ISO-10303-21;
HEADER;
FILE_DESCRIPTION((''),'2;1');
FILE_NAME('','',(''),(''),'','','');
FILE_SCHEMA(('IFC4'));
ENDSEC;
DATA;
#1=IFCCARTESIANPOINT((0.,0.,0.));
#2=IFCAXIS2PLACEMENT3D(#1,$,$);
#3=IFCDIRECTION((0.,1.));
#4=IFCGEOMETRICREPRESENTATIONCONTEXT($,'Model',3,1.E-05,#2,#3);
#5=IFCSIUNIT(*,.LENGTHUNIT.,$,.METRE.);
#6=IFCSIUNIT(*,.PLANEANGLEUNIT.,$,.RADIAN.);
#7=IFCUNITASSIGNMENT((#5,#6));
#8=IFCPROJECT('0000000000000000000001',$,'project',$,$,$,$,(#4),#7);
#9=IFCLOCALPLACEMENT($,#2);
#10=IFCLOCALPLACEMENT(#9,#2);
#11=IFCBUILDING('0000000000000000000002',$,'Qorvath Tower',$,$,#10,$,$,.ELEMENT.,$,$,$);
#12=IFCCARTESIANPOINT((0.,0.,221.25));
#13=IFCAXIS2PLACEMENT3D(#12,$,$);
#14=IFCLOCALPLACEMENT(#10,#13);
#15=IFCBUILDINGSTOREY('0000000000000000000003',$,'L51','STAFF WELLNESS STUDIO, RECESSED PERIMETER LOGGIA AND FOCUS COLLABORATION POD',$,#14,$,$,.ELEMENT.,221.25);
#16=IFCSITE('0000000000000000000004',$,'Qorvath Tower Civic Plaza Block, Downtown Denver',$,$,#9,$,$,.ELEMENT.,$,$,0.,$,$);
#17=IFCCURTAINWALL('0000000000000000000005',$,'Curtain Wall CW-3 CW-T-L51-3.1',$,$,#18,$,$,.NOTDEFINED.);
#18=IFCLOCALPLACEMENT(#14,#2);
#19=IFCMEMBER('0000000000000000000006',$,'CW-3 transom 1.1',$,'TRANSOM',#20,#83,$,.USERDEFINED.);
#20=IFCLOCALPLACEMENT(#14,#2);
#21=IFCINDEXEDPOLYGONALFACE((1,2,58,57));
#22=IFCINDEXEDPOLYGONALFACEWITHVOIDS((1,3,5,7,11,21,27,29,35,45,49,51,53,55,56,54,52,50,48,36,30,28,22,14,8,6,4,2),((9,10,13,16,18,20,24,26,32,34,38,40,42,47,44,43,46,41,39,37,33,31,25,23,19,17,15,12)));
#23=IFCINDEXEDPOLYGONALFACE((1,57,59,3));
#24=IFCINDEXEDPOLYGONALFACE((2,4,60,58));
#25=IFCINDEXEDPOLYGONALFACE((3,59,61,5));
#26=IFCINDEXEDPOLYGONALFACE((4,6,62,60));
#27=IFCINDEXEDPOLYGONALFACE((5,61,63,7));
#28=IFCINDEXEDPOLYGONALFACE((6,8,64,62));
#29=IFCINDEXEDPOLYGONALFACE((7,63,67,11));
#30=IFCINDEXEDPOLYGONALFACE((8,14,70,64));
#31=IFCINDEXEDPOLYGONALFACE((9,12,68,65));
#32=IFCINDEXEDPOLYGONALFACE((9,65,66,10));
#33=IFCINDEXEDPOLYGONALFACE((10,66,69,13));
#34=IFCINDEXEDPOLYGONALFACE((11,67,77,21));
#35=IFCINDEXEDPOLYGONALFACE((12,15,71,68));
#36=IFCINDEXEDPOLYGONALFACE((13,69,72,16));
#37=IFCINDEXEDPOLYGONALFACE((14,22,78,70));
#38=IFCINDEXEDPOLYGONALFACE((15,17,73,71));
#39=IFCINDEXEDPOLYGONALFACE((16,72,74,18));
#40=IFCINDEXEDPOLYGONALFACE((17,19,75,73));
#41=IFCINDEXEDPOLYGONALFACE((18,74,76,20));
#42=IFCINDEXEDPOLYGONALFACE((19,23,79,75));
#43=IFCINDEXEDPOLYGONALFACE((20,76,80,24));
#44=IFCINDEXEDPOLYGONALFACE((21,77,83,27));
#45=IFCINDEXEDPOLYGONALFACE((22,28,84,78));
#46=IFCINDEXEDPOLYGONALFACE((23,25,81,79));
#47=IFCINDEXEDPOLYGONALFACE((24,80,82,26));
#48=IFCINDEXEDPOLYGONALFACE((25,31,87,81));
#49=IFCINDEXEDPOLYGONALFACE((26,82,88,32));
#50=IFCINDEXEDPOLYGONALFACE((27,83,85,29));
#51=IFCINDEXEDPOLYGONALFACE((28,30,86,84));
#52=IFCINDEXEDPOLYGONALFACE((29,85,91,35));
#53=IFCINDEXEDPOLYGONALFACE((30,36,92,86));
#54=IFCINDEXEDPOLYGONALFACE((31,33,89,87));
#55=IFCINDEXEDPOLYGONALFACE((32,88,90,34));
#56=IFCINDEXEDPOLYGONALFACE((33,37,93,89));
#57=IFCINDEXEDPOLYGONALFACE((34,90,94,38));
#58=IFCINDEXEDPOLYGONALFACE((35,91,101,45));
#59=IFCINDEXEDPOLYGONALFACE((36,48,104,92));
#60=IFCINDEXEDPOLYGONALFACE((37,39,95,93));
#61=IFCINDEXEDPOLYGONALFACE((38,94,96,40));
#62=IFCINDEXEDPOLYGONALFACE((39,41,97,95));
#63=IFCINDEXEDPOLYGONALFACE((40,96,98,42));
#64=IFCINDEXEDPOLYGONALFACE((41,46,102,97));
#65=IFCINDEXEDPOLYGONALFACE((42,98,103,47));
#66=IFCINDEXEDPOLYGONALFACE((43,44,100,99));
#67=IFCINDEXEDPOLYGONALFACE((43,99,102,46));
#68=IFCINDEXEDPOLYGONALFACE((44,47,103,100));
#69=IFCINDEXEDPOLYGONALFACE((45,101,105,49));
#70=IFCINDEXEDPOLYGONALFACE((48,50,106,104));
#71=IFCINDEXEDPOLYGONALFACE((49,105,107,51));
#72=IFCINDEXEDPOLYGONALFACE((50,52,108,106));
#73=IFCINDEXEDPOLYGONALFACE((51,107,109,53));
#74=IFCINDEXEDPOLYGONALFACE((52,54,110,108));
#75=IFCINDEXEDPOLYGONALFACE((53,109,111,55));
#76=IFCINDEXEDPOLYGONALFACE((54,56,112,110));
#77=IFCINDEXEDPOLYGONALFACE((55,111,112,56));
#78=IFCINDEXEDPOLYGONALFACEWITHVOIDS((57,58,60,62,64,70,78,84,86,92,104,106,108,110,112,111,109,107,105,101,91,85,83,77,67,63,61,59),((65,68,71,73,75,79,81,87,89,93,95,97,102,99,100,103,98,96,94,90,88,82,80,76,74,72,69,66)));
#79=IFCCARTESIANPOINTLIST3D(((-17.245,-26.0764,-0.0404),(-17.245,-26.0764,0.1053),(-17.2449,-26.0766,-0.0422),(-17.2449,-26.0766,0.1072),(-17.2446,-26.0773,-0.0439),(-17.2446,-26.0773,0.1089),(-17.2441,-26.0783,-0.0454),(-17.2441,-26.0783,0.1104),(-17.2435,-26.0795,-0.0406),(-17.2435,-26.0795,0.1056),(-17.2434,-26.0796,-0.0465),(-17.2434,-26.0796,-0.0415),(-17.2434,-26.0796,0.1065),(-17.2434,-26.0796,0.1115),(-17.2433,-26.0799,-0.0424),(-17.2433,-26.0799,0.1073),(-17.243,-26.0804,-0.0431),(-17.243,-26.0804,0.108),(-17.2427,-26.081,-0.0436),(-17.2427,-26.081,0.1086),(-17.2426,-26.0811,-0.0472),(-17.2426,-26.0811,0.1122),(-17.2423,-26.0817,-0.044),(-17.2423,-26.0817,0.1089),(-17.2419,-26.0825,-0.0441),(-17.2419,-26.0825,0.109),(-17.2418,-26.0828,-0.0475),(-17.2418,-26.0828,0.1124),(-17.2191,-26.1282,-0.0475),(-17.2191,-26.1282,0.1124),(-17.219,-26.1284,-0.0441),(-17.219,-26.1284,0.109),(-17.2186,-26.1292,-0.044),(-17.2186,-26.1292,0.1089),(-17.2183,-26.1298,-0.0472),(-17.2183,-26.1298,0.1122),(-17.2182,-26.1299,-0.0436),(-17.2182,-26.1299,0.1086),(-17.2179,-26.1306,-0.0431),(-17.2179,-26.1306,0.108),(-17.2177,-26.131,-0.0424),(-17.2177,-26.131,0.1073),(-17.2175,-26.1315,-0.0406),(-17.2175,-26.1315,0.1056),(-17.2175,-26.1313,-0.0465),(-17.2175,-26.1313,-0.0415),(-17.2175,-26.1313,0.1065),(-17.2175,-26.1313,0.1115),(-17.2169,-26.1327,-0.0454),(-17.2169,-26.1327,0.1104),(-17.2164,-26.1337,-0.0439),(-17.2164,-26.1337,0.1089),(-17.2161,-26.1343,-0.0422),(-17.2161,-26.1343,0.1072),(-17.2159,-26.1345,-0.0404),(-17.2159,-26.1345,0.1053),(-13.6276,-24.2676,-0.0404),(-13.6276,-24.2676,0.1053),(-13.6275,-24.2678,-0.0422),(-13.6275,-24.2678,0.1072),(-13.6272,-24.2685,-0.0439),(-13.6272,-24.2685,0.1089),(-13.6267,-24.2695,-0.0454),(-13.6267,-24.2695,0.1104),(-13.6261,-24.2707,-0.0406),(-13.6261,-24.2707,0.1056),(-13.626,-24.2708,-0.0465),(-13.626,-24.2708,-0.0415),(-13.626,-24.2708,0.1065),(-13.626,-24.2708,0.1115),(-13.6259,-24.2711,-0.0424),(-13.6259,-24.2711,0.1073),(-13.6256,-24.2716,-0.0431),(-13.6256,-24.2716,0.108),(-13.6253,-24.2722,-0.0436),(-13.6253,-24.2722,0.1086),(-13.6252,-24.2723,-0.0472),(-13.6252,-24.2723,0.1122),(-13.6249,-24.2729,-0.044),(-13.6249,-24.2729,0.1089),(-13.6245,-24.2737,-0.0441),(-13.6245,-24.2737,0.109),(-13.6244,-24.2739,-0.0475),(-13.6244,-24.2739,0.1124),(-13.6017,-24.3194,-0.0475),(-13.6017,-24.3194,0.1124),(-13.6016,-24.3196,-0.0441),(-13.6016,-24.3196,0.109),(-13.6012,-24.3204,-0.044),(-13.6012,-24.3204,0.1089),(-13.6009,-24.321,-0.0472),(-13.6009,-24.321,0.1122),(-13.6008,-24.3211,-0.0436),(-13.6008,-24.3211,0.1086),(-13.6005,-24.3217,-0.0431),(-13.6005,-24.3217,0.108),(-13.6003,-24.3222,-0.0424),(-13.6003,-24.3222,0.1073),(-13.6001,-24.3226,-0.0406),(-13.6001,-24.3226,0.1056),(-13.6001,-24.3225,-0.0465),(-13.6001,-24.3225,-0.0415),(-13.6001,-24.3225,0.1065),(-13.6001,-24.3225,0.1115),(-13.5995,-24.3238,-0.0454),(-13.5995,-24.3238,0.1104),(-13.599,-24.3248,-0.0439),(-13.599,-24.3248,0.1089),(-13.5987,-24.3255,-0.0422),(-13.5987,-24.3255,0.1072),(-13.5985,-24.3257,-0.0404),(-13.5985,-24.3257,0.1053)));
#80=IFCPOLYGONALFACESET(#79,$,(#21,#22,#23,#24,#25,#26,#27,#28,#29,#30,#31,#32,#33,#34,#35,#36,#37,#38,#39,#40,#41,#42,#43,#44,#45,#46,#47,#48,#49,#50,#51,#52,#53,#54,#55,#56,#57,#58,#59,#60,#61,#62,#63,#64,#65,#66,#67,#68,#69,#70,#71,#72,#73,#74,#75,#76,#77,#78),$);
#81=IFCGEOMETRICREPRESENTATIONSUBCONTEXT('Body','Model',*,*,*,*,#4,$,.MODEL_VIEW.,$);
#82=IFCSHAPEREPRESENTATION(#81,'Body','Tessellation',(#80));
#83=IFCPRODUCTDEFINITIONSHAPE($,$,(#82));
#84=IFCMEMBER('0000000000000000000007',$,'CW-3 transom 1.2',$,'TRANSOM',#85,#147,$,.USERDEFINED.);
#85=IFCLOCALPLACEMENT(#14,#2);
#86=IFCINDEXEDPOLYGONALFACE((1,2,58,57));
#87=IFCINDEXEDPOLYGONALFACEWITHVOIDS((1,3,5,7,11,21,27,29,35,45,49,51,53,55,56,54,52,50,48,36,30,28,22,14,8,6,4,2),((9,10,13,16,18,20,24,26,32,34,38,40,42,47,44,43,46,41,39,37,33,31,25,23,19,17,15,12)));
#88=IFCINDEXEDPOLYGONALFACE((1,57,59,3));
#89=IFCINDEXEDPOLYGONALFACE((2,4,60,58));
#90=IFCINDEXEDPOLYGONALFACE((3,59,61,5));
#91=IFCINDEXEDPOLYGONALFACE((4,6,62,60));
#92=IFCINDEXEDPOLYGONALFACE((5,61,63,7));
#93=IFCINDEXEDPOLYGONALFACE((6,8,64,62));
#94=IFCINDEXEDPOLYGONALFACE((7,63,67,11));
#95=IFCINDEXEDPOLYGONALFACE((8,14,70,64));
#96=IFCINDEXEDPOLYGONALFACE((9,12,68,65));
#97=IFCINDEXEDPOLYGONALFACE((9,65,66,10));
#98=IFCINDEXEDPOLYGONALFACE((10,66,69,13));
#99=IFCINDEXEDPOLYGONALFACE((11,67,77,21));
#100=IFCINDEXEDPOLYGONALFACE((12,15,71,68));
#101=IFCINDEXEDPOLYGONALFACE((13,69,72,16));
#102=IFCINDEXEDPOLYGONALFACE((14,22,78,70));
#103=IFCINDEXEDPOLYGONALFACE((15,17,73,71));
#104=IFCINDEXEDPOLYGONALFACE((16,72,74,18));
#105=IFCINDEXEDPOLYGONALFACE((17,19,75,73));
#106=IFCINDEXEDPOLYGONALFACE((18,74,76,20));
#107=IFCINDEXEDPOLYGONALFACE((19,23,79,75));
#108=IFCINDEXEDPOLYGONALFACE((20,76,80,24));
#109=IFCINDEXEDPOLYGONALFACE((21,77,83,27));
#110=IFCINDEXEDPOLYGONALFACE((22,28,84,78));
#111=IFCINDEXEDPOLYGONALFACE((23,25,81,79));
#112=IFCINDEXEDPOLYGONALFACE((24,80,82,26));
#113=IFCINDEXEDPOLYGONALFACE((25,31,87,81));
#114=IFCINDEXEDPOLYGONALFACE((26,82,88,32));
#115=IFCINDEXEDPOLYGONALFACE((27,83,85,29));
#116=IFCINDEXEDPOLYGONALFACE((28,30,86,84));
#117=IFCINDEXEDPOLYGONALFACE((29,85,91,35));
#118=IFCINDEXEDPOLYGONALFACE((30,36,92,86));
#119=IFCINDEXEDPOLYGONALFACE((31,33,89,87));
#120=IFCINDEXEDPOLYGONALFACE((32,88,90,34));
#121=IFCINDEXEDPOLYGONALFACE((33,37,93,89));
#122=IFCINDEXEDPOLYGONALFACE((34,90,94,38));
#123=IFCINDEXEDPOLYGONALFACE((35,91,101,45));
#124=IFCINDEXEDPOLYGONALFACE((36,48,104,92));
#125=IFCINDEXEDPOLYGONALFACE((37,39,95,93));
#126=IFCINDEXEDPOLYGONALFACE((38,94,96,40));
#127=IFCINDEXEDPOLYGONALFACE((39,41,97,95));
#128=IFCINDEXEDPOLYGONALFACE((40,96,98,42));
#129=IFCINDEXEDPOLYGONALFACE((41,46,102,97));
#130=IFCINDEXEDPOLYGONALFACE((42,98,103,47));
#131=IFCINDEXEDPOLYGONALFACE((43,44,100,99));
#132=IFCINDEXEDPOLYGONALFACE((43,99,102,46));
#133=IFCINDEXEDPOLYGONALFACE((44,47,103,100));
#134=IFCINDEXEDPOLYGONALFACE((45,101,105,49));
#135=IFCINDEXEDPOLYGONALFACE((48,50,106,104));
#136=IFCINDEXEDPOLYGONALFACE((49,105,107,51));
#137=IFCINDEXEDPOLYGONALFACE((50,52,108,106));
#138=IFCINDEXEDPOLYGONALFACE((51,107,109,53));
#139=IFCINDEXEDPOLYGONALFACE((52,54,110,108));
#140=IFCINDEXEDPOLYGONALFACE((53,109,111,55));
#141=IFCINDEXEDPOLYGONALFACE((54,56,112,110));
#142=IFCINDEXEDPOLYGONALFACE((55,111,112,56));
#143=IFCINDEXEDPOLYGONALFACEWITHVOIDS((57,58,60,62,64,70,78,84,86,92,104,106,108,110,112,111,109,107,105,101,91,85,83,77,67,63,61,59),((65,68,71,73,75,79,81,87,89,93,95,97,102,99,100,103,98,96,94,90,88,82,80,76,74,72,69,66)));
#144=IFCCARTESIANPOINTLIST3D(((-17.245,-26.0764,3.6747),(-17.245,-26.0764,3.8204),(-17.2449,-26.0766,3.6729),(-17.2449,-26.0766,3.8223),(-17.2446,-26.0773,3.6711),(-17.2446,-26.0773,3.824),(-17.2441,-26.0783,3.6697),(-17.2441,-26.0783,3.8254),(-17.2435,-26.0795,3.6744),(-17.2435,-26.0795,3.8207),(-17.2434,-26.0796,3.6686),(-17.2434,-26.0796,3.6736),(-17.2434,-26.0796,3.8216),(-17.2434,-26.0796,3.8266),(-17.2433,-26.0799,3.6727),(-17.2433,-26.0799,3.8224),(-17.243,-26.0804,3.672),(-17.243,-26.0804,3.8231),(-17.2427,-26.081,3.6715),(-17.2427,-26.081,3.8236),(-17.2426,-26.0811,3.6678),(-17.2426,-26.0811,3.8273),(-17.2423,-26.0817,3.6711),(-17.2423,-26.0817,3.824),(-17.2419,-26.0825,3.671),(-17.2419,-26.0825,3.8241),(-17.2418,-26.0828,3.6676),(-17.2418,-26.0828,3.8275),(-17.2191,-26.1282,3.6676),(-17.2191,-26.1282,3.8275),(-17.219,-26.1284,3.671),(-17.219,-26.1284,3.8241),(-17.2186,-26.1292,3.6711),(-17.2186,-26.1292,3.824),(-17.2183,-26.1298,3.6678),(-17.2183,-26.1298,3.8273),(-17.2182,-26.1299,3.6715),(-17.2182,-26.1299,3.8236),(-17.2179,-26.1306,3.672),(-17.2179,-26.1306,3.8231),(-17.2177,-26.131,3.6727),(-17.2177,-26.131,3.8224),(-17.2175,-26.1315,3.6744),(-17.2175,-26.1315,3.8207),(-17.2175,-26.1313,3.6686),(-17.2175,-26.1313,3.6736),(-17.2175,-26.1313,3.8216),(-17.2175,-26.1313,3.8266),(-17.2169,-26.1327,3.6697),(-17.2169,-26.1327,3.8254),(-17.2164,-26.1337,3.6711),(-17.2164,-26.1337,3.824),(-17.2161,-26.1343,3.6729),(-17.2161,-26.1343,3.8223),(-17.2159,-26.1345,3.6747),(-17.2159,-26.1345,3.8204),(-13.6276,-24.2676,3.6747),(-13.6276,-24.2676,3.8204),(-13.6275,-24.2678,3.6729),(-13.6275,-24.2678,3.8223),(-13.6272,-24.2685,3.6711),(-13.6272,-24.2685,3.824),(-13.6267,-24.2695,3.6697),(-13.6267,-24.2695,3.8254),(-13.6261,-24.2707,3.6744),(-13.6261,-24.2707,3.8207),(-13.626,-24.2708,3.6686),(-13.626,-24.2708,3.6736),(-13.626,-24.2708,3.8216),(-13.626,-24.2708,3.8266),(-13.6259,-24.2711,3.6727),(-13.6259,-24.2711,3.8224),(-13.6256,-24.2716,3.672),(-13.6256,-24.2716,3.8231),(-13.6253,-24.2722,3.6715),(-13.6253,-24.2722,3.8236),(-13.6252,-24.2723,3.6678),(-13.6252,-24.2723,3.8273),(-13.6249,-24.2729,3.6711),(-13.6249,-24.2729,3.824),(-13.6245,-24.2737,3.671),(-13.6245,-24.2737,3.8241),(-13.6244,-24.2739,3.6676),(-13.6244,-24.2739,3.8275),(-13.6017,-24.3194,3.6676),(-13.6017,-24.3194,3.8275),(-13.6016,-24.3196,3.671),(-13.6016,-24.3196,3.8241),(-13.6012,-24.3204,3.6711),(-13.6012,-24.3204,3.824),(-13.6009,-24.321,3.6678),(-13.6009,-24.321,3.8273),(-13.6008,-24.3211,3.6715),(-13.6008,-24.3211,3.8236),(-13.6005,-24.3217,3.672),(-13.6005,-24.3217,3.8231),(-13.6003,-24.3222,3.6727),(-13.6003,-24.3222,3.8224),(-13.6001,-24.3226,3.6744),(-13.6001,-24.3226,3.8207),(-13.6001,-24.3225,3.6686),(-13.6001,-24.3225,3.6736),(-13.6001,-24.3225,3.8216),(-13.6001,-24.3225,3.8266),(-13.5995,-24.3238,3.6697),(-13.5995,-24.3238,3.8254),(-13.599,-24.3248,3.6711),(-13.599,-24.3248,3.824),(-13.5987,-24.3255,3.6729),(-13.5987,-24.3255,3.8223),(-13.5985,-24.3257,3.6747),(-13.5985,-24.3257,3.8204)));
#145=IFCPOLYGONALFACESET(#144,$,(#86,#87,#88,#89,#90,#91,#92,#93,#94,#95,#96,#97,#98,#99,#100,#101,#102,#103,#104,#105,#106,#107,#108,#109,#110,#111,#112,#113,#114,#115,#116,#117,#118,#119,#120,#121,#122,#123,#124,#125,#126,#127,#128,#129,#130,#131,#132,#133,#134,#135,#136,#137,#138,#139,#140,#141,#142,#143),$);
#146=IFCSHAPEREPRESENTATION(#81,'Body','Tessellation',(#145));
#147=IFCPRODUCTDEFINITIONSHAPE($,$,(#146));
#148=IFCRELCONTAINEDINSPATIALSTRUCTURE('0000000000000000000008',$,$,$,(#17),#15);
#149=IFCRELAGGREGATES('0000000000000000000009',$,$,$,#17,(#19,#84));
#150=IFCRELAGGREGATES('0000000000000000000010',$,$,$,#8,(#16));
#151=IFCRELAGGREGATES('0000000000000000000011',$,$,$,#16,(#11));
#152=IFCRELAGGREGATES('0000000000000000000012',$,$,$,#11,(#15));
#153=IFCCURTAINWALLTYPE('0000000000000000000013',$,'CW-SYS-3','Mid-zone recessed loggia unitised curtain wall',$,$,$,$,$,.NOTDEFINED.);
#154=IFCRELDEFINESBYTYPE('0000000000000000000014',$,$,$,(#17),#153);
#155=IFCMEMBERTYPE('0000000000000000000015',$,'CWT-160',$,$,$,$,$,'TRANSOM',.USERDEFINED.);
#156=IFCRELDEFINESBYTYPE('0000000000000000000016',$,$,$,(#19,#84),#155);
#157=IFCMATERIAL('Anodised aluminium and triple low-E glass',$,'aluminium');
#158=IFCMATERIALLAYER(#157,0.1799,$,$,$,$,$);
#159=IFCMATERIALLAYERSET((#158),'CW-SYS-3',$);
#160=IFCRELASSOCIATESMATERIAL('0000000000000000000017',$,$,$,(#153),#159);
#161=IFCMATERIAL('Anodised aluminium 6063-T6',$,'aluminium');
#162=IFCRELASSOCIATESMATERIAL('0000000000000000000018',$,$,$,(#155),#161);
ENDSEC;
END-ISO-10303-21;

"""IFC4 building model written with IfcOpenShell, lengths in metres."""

from ifc_helpers import new_model, si_unit, direction, frame, origin, origin_2d, place, context, subcontext, project, spatial, hollow_rectangle, extrude, material, layer, layer_set, material_profile, profile_set, type_object, element, aggregate, save


model = new_model("IFC4")

# Units and contexts
model_context = context("Model", 3, precision=1e-05, world=origin(), true_north=direction((0.0, 1.0)))
body_context = subcontext(model_context, "Body", "Model", "MODEL_VIEW")
ifc_project = project(units=[si_unit("LENGTHUNIT", "METRE"), si_unit("PLANEANGLEUNIT", "RADIAN")], contexts=[model_context])

# Site, building, storey
site_placement = place(None, origin())
site = spatial("IfcSite", under=ifc_project, at=site_placement, Name="Qorvath Tower Civic Plaza Block, Downtown Denver", CompositionType="ELEMENT", RefElevation=0.0)
building_placement = place(site_placement, origin())
building = spatial("IfcBuilding", under=site, at=building_placement, Name="Qorvath Tower", CompositionType="ELEMENT")
storey_placement = place(building_placement, frame((0.0, 0.0, 221.25)))
storey = spatial("IfcBuildingStorey", under=building, at=storey_placement, Name="L51", Description="STAFF WELLNESS STUDIO, RECESSED PERIMETER LOGGIA AND FOCUS COLLABORATION POD", CompositionType="ELEMENT", Elevation=221.25)

# Shared definitions
ifc_material_1 = material(Name="Anodised aluminium and triple low-E glass", Category="aluminium")
ifc_layer_1 = layer(ifc_material_1, 0.1799)
ifc_layer_set_1 = layer_set([ifc_layer_1], Name="CW-SYS-3")
curtain_wall_type = type_object("IfcCurtainWallType", Name="CW-SYS-3", Description="Mid-zone recessed loggia unitised curtain wall", PredefinedType="NOTDEFINED", material=ifc_layer_set_1)

# Curtain wall
curtain_wall_1_placement = place(storey_placement, origin())
curtain_wall_1 = element("IfcCurtainWall", 1, at=curtain_wall_1_placement, inside=storey, type_object=curtain_wall_type, Name="Curtain Wall CW-3 CW-T-L51-3.1", PredefinedType="NOTDEFINED")

# Members
ifc_material_2 = material(Name="Anodised aluminium 6063-T6", Category="aluminium")
ifc_material_profile_1 = material_profile(ifc_material_2, hollow_rectangle(XDim=0.0649, YDim=0.1599, WallThickness=0.0034, InnerFilletRadius=0.0034, OuterFilletRadius=0.0071, at=origin_2d()), Name="CWT 160x65")
ifc_profile_set_1 = profile_set([ifc_material_profile_1], Name="Anodised aluminium 6063-T6")
member_type_1 = type_object("IfcMemberType", Name="CWT-160", ElementType="TRANSOM", PredefinedType="USERDEFINED", material=ifc_profile_set_1)
member_1_placement = place(storey_placement, frame((-17.2305, -26.1055, 0.0325), z_axis=(0.894415, 0.447238, 0.0), x_axis=(-0.447238, 0.894415, 0.0)))
member_1 = element("IfcMember", 2, at=member_1_placement, type_object=member_type_1, Name="CW-3 transom 1.1", ObjectType="TRANSOM", PredefinedType="USERDEFINED", context=body_context, shape_type="SweptSolid", body=[
    extrude(hollow_rectangle(XDim=0.0649, YDim=0.1599, WallThickness=0.0034, InnerFilletRadius=0.0034, OuterFilletRadius=0.0071, at=origin_2d()), origin(), (0.0, 0.0, 1.0), 4.0444),
])
member_2_placement = place(storey_placement, frame((-17.2305, -26.1055, 3.7476), z_axis=(0.894415, 0.447238, 0.0), x_axis=(-0.447238, 0.894415, 0.0)))
member_2 = element("IfcMember", 3, at=member_2_placement, type_object=member_type_1, Name="CW-3 transom 1.2", ObjectType="TRANSOM", PredefinedType="USERDEFINED", context=body_context, shape_type="SweptSolid", body=[
    extrude(hollow_rectangle(XDim=0.0649, YDim=0.1599, WallThickness=0.0034, InnerFilletRadius=0.0034, OuterFilletRadius=0.0071, at=origin_2d()), origin(), (0.0, 0.0, 1.0), 4.0444),
])

aggregate(curtain_wall_1, [member_1, member_2])

save(model, "model.ifc")
